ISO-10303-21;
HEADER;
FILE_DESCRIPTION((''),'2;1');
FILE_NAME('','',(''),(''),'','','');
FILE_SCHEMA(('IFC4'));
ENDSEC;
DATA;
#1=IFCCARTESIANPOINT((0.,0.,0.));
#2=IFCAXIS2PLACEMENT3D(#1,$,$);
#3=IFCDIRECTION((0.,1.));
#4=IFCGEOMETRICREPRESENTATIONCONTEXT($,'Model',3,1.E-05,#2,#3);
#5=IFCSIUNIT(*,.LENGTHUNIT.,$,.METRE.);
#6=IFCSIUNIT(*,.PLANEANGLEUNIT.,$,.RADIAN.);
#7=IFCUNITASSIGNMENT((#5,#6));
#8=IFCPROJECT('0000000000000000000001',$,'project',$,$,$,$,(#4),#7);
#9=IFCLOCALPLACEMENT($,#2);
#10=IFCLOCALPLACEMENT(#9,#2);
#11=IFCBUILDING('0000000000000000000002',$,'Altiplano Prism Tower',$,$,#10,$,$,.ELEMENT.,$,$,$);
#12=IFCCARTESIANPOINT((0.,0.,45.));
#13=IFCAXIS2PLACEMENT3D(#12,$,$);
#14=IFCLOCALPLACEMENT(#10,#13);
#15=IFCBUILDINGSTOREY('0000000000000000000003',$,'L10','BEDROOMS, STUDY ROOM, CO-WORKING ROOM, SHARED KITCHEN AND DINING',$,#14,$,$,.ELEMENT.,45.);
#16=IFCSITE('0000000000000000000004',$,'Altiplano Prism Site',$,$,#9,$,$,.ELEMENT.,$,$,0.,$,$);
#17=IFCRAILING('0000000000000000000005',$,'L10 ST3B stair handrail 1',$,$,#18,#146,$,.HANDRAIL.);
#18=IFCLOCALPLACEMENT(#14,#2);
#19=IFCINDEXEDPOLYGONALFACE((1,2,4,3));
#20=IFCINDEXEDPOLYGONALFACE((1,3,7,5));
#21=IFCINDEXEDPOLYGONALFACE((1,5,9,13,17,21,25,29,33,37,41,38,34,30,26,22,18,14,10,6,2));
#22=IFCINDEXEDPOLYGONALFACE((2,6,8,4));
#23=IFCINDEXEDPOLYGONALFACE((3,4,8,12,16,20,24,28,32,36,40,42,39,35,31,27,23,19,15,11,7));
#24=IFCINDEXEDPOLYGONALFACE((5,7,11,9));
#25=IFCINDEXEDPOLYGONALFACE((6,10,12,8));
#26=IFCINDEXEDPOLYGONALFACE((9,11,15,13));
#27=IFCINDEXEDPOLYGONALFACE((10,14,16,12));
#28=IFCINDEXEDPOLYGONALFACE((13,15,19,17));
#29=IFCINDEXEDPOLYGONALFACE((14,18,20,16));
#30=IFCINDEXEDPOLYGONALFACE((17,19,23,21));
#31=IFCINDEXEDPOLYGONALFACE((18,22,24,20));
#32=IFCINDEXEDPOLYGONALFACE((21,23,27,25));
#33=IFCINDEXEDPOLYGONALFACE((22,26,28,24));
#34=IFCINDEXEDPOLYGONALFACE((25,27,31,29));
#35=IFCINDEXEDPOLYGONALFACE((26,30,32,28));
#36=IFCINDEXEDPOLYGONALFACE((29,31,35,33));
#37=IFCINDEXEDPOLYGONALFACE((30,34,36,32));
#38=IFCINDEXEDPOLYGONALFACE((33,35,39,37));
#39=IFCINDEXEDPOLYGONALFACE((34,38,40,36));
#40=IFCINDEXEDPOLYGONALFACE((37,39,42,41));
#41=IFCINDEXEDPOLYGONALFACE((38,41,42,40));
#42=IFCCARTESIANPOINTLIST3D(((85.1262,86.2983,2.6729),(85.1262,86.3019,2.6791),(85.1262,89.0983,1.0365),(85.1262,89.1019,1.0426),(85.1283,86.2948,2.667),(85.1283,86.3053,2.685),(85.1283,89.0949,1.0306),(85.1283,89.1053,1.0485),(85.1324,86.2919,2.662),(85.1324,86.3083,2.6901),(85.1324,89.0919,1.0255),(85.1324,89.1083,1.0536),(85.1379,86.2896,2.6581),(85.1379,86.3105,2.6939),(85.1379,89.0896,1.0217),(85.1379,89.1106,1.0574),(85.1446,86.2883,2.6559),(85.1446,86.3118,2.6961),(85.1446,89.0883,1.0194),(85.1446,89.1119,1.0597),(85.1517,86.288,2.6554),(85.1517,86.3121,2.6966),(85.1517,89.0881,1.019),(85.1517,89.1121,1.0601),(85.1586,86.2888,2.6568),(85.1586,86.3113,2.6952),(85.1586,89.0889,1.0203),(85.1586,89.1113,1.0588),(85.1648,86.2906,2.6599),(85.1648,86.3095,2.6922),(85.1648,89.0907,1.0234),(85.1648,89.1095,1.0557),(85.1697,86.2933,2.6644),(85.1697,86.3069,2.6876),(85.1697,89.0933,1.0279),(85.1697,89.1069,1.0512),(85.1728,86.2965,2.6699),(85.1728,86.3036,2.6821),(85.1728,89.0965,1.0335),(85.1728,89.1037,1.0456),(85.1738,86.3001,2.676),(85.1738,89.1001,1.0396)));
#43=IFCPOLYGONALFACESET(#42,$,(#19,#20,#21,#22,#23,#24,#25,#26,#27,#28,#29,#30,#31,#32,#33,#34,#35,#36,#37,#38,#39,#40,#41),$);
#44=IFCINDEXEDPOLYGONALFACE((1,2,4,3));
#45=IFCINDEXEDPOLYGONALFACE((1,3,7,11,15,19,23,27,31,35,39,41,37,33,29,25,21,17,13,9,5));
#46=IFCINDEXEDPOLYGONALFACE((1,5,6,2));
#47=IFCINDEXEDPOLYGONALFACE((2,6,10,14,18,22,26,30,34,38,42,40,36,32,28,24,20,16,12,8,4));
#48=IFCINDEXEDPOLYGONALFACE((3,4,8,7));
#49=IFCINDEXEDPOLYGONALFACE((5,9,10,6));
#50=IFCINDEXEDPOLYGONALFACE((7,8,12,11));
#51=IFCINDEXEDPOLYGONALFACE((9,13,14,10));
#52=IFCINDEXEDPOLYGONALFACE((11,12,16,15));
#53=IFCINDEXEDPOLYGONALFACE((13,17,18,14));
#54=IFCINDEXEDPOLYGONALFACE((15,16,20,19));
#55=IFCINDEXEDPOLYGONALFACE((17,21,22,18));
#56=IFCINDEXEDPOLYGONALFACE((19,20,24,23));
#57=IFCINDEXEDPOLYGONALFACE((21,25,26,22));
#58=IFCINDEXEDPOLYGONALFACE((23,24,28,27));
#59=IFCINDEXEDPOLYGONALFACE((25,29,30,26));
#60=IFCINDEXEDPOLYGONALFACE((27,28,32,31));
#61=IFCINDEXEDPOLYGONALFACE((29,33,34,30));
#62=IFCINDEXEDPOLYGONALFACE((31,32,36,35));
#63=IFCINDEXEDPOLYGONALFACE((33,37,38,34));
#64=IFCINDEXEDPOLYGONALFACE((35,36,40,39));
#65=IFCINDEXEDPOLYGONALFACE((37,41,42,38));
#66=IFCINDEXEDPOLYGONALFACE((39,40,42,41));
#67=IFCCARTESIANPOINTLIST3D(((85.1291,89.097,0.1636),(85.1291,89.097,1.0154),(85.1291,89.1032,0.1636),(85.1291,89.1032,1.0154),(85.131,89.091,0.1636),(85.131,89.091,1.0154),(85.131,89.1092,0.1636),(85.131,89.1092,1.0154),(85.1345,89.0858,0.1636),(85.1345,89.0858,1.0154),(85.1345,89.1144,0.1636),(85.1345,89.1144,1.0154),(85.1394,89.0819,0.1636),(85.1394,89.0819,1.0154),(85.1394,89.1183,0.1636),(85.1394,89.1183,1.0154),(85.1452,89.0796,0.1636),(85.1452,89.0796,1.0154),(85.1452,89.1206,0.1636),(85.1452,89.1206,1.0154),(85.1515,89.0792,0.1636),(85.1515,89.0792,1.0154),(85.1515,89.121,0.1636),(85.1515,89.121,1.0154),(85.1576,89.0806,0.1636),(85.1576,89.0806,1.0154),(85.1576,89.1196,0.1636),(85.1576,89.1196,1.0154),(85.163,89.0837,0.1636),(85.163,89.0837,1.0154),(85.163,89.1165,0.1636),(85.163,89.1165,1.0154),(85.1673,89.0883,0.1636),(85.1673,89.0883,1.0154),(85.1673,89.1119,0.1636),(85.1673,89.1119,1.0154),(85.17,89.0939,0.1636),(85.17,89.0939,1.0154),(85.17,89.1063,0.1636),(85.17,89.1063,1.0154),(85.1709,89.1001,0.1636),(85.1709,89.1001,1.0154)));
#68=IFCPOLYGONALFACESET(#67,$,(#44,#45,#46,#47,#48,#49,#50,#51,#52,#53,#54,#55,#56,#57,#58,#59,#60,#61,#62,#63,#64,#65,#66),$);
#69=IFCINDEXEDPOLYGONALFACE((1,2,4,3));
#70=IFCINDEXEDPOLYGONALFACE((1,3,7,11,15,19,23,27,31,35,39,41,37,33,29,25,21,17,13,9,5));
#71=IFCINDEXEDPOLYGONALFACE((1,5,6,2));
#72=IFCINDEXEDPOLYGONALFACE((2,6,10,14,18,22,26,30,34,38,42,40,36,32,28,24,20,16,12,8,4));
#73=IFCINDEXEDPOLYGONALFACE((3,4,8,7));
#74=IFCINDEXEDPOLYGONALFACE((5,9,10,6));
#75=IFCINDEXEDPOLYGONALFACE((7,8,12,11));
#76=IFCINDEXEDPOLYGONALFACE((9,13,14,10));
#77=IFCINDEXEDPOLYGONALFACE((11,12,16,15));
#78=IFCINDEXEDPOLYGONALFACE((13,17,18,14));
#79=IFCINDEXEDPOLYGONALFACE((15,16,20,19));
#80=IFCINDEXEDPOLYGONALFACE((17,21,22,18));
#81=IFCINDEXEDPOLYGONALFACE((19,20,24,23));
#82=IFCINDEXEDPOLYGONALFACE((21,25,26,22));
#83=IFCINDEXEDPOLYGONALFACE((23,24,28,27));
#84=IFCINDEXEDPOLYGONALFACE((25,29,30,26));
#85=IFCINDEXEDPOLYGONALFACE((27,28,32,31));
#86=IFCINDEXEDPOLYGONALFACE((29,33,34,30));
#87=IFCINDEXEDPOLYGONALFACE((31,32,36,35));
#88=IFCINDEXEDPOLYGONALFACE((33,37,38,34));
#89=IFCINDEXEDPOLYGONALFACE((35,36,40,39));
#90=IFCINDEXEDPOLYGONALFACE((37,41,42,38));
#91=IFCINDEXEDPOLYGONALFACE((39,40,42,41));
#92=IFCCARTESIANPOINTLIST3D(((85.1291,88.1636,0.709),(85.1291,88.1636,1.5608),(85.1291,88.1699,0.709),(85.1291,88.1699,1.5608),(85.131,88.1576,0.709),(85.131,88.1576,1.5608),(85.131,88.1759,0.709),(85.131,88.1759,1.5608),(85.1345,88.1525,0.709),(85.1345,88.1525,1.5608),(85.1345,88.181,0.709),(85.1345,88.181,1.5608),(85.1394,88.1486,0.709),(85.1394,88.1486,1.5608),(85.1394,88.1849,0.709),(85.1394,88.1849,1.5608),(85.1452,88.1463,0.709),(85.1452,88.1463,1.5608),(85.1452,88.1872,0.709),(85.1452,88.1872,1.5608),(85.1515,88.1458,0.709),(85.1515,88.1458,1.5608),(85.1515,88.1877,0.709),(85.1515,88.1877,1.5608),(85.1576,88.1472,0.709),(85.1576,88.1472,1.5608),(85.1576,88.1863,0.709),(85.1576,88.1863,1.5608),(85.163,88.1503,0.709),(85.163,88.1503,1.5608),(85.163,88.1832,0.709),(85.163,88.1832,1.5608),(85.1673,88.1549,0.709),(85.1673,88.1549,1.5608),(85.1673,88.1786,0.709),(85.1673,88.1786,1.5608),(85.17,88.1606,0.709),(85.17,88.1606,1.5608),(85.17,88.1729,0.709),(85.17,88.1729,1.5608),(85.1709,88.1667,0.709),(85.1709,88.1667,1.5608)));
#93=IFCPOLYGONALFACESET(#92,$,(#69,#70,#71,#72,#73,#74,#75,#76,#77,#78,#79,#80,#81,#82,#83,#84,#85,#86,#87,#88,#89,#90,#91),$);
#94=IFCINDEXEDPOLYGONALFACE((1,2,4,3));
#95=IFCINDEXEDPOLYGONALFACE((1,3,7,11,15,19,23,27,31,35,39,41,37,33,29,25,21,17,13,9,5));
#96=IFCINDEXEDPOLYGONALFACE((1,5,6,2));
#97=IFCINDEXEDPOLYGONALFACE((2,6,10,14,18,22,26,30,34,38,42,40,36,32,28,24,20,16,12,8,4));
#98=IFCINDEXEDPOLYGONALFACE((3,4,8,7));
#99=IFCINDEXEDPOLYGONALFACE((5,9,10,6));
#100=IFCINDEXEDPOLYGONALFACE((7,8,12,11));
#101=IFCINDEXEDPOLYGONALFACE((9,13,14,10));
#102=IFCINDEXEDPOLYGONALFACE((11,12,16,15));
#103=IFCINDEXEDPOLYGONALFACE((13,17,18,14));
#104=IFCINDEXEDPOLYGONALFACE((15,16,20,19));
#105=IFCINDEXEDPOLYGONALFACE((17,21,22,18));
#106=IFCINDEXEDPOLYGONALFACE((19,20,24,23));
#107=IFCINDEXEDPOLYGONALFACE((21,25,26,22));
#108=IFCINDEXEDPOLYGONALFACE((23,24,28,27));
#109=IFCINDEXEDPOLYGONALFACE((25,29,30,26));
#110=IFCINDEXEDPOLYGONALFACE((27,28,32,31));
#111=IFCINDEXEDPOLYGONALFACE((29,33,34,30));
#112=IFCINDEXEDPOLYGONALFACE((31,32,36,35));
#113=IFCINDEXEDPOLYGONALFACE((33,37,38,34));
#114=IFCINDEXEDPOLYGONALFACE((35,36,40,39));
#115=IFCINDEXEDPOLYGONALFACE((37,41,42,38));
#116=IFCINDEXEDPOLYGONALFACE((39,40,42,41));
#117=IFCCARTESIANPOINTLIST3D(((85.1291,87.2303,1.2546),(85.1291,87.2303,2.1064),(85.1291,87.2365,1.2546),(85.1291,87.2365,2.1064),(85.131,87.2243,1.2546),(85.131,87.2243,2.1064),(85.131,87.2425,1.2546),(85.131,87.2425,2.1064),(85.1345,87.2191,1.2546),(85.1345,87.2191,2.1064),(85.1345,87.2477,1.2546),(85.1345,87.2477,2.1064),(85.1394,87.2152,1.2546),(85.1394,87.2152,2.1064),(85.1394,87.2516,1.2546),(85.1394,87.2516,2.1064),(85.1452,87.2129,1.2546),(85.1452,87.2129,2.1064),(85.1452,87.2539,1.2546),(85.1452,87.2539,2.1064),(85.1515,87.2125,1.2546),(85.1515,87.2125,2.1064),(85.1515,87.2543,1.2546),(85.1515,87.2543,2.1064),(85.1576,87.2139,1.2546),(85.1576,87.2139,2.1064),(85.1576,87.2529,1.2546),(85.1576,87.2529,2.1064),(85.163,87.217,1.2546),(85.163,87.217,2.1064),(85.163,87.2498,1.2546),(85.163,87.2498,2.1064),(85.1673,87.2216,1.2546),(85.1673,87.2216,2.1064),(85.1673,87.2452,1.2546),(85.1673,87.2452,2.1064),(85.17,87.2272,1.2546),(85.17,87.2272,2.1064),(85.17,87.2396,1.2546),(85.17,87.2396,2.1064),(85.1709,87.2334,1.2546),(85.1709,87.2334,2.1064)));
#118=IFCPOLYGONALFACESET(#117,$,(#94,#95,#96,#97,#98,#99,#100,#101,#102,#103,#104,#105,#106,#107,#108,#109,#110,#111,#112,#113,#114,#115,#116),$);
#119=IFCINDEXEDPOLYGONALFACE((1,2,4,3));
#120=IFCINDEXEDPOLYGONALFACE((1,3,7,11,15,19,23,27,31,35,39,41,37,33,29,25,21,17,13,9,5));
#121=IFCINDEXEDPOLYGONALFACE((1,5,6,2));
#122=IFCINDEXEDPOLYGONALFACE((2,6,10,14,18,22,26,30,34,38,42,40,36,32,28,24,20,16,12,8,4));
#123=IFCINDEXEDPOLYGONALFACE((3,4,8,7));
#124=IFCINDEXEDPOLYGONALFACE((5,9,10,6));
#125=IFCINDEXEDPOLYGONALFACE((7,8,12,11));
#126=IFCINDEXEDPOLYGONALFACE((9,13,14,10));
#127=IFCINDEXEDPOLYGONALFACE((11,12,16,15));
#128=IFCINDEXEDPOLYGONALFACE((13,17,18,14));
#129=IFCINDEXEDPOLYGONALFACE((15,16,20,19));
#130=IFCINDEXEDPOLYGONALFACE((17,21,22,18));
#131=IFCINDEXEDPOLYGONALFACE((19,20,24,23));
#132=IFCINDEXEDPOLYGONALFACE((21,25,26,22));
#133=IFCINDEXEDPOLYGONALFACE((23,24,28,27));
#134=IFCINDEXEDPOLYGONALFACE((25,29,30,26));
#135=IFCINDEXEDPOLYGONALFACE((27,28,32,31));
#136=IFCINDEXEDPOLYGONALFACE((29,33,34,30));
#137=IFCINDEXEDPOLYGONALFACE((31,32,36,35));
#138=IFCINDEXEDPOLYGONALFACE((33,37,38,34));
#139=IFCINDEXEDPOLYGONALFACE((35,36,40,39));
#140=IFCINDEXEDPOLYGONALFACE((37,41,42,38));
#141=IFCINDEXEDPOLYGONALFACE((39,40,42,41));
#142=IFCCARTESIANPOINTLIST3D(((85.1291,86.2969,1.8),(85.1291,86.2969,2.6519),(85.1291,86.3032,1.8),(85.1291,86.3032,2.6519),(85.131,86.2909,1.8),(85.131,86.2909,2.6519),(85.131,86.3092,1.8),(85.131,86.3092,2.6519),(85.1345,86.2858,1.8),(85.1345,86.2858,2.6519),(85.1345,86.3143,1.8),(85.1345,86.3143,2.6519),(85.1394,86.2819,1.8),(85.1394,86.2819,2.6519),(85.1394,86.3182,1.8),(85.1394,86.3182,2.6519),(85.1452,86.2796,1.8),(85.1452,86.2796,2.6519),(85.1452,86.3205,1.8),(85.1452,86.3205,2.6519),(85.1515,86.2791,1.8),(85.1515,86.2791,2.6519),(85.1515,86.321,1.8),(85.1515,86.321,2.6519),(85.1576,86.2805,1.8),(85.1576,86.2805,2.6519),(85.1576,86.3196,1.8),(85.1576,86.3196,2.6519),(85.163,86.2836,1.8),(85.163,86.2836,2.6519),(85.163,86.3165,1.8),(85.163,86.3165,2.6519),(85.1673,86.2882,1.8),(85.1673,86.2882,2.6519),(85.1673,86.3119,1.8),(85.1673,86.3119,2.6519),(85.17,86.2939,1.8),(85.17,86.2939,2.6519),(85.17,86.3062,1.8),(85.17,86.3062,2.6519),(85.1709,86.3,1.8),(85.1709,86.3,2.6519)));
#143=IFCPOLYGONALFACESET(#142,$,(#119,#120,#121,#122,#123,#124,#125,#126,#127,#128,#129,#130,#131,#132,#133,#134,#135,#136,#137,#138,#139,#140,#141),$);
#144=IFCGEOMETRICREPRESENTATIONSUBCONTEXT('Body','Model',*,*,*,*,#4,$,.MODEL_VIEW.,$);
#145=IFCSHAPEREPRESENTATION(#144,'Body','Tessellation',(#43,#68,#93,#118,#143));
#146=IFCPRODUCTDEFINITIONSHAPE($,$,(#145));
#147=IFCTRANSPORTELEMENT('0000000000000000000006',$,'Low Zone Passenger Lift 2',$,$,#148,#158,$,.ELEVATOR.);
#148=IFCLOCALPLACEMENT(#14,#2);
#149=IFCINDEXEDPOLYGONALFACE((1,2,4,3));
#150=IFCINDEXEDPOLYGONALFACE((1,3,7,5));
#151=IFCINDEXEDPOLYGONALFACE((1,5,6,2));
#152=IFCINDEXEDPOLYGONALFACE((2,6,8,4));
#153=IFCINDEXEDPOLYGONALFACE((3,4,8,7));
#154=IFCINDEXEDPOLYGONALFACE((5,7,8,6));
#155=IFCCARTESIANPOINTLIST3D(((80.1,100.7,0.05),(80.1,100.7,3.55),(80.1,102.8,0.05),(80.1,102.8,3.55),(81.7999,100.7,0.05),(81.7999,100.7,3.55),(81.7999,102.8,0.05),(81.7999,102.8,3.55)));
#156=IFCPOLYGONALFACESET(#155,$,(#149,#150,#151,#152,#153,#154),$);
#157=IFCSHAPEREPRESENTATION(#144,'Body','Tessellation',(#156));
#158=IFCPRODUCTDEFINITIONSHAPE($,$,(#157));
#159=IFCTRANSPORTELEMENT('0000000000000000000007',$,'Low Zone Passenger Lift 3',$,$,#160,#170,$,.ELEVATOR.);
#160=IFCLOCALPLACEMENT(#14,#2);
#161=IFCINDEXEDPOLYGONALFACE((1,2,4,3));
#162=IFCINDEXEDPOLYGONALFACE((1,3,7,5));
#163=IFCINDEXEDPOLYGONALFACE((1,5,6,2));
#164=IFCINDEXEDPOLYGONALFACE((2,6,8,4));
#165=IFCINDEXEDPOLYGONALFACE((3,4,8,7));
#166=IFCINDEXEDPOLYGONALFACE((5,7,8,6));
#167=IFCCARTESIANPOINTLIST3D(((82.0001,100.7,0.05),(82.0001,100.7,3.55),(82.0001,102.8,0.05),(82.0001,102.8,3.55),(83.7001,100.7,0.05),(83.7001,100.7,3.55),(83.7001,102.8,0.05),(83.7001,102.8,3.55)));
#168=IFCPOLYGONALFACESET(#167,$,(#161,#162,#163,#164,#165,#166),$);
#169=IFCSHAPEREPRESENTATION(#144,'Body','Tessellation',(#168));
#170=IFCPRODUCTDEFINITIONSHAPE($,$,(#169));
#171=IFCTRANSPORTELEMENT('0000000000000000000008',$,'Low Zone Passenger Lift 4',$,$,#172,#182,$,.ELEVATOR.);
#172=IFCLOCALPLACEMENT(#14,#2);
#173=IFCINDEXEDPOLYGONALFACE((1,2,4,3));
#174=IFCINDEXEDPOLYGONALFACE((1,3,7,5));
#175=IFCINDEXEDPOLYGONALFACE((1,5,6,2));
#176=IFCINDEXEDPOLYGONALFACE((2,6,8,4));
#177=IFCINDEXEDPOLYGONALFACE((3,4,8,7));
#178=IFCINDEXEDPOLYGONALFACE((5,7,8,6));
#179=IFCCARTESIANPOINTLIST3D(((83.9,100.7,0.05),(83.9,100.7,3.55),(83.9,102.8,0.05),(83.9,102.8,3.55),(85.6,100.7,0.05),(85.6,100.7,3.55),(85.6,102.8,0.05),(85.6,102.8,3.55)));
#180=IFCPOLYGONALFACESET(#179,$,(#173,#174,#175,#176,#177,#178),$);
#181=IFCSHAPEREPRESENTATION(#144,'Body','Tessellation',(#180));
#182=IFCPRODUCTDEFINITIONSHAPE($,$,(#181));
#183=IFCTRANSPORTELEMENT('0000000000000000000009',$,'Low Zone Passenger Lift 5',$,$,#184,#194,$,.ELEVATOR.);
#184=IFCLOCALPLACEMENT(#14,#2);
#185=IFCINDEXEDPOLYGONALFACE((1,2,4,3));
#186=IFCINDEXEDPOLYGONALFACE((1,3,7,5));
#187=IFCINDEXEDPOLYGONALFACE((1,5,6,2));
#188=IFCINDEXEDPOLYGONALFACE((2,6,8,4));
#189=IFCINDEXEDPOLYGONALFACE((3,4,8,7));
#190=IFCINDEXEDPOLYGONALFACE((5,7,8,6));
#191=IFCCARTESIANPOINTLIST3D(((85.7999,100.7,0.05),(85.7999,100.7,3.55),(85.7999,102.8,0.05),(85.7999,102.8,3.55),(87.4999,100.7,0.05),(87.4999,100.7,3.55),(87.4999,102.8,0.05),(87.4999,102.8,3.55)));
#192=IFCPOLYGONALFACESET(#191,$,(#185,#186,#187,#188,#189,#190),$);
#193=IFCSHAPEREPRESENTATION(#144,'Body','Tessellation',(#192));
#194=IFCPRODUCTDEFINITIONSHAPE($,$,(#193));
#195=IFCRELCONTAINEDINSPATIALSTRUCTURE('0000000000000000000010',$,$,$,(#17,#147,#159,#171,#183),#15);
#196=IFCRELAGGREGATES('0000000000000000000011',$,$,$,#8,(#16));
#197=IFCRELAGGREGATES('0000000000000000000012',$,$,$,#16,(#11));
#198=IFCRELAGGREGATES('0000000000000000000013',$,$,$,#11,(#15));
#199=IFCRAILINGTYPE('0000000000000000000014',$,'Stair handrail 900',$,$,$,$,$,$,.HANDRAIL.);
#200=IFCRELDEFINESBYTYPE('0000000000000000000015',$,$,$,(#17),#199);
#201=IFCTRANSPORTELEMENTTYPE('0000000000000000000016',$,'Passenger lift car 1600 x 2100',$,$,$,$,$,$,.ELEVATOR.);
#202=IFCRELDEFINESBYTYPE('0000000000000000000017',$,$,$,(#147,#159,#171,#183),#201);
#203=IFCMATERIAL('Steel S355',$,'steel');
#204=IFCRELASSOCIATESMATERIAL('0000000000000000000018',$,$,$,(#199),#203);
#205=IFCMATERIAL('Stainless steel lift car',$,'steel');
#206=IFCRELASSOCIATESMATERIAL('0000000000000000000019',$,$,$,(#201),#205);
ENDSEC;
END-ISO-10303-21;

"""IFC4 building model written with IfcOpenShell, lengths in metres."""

from ifc_helpers import new_model, si_unit, direction, frame, origin, origin_2d, place, context, subcontext, project, spatial, rectangle, circle, extrude, material, type_object, element, save


model = new_model("IFC4")

# Units and contexts
model_context = context("Model", 3, precision=1e-05, world=origin(), true_north=direction((0.0, 1.0)))
body_context = subcontext(model_context, "Body", "Model", "MODEL_VIEW")
ifc_project = project(units=[si_unit("LENGTHUNIT", "METRE"), si_unit("PLANEANGLEUNIT", "RADIAN")], contexts=[model_context])

# Site, building, storey
site_placement = place(None, origin())
site = spatial("IfcSite", under=ifc_project, at=site_placement, Name="Altiplano Prism Site", CompositionType="ELEMENT", RefElevation=0.0)
building_placement = place(site_placement, origin())
building = spatial("IfcBuilding", under=site, at=building_placement, Name="Altiplano Prism Tower", CompositionType="ELEMENT")
storey_placement = place(building_placement, frame((0.0, 0.0, 45.0)))
storey = spatial("IfcBuildingStorey", under=building, at=storey_placement, Name="L10", Description="BEDROOMS, STUDY ROOM, CO-WORKING ROOM, SHARED KITCHEN AND DINING", CompositionType="ELEMENT", Elevation=45.0)

# Railing
ifc_material_1 = material(Name="Steel S355", Category="steel")
railing_type_1 = type_object("IfcRailingType", Name="Stair handrail 900", PredefinedType="HANDRAIL", material=ifc_material_1)
railing_1_placement = place(storey_placement, frame((85.1499, 89.1001, 0.1636)))
element("IfcRailing", 1, at=railing_1_placement, inside=storey, type_object=railing_type_1, Name="L10 ST3B stair handrail 1", PredefinedType="HANDRAIL", context=body_context, shape_type="SweptSolid", body=[
    extrude(circle(Radius=0.0239, at=origin_2d()), frame((0.0, 0.0, 0.876), z_axis=(0.0, -0.863361, 0.504587), x_axis=(1.0, 0.0, 0.0)), (0.0, 0.0, 1.0), 3.2432),
    extrude(circle(Radius=0.021, at=origin_2d()), origin(), (0.0, 0.0, 1.0), 0.8518),
    extrude(circle(Radius=0.021, at=origin_2d()), frame((0.0, -0.9333, 0.5454)), (0.0, 0.0, 1.0), 0.8518),
    extrude(circle(Radius=0.021, at=origin_2d()), frame((0.0, -1.8667, 1.0911)), (0.0, 0.0, 1.0), 0.8518),
    extrude(circle(Radius=0.021, at=origin_2d()), frame((0.0, -2.8, 1.6365)), (0.0, 0.0, 1.0), 0.8518),
])

# Transport elements
ifc_material_2 = material(Name="Stainless steel lift car", Category="steel")
transport_element_type = type_object("IfcTransportElementType", Name="Passenger lift car 1600 x 2100", PredefinedType="ELEVATOR", material=ifc_material_2)
for number, where, z_axis, x_axis, name in (
    (2, (80.95, 101.75, 0.05), (0.0, 0.0, 1.0), (1.0, 0.0, 0.0), "Low Zone Passenger Lift 2"),
    (3, (82.8501, 101.75, 0.05), (0.0, 0.0, 1.0), (1.0, 0.0, 0.0), "Low Zone Passenger Lift 3"),
    (4, (84.75, 101.75, 0.05), (0.0, 0.0, 1.0), (1.0, 0.0, 0.0), "Low Zone Passenger Lift 4"),
    (5, (86.6499, 101.75, 0.05), (0.0, 0.0, 1.0), (1.0, 0.0, 0.0), "Low Zone Passenger Lift 5"),
):
    element("IfcTransportElement", number, at=place(storey_placement, frame(where, z_axis=z_axis, x_axis=x_axis)), inside=storey, type_object=transport_element_type, Name=name, PredefinedType="ELEVATOR", context=body_context, shape_type="SweptSolid", body=[
        extrude(rectangle(XDim=1.7, YDim=2.1001, at=origin_2d()), origin(), (0.0, 0.0, 1.0), 3.5),
    ])

save(model, "model.ifc")
